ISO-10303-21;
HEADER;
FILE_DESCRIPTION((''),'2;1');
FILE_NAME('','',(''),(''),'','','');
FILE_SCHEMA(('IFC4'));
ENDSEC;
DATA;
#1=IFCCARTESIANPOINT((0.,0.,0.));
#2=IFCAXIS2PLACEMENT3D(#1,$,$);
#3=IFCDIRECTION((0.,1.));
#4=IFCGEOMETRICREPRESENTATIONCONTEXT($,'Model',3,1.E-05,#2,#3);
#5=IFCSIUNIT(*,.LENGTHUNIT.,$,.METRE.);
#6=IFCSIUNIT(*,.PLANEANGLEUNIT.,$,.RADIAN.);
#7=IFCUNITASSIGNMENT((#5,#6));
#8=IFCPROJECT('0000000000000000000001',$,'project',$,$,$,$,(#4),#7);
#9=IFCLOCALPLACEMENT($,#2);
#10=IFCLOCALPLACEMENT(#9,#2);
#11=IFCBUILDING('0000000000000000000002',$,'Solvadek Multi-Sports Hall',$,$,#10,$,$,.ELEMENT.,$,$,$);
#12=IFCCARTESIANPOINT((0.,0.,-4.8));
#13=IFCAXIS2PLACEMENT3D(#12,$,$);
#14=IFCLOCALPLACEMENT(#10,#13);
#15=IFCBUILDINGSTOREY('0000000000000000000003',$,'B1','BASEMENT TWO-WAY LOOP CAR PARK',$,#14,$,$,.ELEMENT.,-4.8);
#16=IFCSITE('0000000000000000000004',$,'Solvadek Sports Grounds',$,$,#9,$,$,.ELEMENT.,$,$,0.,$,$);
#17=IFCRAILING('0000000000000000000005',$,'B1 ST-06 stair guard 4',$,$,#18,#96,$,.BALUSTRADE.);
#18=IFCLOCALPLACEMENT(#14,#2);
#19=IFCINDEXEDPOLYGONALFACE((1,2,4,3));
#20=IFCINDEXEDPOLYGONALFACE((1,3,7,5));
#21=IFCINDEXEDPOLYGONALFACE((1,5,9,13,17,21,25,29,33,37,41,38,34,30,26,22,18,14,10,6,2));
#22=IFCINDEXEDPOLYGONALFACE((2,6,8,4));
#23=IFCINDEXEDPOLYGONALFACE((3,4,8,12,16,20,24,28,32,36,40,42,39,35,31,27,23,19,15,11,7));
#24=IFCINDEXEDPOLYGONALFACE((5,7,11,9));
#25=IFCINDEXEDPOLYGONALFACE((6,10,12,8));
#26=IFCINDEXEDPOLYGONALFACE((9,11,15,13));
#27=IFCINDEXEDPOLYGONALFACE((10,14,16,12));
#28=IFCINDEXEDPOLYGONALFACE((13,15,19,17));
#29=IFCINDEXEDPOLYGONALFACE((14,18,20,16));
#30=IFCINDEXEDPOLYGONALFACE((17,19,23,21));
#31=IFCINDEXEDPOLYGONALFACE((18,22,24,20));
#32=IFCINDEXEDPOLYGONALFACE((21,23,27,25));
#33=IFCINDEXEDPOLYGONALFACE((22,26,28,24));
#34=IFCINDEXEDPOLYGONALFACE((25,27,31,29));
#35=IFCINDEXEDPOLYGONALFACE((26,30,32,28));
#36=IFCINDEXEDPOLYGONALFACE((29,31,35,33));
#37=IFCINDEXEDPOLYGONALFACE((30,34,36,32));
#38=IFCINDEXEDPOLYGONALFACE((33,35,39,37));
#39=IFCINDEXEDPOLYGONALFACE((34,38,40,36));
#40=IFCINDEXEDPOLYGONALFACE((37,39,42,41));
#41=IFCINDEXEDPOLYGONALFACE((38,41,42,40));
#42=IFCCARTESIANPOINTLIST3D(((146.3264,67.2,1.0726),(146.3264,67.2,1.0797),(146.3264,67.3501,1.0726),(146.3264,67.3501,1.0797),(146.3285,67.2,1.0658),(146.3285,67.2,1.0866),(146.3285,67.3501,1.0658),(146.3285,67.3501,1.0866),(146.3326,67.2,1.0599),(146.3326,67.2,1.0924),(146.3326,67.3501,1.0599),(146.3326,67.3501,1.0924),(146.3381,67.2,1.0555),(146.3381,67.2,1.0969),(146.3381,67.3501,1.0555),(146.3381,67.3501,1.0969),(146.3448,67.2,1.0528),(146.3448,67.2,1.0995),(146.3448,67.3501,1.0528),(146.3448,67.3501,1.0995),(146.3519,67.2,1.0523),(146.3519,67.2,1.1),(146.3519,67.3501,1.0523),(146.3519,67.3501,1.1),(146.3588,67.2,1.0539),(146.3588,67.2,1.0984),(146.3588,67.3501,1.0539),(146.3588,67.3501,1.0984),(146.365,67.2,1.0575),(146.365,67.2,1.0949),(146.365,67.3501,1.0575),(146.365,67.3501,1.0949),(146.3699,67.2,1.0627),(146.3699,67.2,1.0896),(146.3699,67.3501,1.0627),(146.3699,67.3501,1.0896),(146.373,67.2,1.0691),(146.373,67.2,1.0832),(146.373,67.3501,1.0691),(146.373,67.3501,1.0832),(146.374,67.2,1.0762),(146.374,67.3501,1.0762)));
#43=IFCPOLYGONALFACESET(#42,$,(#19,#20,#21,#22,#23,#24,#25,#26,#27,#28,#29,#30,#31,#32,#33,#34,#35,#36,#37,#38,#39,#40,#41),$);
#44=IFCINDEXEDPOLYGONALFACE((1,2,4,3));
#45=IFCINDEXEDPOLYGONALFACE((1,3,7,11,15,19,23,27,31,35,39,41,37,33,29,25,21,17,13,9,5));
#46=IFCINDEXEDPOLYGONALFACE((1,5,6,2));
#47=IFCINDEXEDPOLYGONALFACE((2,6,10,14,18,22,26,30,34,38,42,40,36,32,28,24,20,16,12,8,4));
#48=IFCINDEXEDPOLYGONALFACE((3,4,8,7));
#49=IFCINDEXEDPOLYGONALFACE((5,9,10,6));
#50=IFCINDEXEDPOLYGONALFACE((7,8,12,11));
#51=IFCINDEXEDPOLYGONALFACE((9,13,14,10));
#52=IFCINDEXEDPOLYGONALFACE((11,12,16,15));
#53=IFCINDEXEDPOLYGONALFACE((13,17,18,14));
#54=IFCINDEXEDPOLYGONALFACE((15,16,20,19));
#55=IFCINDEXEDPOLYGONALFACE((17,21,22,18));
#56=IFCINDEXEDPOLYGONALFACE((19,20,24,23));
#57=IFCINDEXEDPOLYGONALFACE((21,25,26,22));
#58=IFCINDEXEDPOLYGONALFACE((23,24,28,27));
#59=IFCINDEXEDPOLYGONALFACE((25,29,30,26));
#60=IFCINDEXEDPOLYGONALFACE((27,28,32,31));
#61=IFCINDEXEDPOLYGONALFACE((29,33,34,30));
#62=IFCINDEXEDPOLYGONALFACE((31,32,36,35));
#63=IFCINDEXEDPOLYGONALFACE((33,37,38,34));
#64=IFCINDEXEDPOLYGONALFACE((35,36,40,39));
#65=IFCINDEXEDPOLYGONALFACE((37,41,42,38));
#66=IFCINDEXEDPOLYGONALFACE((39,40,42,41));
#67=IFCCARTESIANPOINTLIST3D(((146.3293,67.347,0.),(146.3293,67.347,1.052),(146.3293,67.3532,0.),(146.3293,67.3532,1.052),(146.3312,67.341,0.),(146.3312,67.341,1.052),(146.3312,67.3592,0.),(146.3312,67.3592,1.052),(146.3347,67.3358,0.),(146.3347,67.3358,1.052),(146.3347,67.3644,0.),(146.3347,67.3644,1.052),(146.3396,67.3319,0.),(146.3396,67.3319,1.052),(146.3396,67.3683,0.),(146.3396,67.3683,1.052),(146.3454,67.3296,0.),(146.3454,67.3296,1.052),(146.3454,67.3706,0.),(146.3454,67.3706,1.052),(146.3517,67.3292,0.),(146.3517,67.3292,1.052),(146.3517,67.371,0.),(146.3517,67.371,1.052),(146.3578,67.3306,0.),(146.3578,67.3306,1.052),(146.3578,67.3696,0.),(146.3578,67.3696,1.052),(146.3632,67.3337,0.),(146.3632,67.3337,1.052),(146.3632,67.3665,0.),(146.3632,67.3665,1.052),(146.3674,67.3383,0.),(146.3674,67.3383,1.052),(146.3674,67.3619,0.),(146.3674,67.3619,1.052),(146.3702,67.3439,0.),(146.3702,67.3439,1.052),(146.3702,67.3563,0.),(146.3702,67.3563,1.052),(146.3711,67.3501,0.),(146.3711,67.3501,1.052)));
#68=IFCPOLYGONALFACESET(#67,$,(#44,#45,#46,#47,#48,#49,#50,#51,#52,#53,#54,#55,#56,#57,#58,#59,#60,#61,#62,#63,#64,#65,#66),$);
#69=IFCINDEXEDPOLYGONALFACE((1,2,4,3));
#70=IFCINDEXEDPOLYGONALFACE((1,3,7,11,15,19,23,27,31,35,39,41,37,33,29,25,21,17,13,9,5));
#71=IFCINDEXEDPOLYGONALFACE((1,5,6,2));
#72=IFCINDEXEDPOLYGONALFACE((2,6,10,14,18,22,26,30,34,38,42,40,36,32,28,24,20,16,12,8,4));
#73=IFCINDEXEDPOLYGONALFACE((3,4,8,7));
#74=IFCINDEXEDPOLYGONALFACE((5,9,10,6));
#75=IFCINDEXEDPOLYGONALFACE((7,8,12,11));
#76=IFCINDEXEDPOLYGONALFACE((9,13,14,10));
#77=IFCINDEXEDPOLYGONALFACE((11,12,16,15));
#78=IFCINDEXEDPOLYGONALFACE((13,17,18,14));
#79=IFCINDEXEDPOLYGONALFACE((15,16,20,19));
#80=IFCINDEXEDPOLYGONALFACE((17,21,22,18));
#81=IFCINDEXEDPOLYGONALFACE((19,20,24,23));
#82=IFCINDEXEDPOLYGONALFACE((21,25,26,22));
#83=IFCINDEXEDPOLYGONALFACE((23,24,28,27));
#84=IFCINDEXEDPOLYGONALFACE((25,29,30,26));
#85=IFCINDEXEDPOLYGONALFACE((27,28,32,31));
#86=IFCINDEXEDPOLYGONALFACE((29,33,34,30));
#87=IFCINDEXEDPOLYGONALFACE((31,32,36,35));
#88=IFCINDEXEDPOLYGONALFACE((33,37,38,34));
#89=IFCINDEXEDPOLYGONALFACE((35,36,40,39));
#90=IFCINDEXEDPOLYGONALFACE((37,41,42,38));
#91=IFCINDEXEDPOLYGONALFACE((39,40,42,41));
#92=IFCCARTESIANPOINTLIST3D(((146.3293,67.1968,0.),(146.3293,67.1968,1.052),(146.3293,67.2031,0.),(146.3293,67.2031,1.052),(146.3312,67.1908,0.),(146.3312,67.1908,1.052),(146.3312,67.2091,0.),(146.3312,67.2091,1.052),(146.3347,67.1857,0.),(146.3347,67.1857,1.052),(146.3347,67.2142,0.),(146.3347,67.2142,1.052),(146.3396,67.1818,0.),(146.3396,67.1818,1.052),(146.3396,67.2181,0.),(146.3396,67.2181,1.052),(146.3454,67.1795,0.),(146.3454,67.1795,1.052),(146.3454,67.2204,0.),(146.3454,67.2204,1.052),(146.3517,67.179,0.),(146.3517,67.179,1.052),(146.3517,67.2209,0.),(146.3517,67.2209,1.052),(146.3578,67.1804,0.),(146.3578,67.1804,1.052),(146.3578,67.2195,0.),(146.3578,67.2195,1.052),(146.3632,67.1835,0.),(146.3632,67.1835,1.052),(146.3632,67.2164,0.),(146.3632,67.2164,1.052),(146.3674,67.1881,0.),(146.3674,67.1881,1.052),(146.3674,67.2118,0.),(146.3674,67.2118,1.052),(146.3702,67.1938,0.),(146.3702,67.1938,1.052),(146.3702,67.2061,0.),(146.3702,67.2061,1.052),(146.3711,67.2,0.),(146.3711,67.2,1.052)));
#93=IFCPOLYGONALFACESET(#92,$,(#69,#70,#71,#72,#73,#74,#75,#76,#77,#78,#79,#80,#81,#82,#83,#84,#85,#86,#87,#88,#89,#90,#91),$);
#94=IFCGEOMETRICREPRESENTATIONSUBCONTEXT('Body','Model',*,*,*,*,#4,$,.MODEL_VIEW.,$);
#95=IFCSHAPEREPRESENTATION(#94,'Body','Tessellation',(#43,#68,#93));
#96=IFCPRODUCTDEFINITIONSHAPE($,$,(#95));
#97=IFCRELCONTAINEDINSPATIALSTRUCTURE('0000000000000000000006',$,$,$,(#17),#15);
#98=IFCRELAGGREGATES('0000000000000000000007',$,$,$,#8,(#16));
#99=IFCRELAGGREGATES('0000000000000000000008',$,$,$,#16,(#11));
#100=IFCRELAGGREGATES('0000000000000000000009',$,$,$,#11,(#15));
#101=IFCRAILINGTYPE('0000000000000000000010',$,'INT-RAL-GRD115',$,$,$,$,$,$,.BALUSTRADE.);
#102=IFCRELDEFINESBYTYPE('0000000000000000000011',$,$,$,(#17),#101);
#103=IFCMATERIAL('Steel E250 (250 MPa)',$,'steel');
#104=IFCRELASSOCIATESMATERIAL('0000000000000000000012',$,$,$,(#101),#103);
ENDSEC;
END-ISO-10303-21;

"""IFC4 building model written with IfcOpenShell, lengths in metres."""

from ifc_helpers import new_model, si_unit, direction, frame, origin, origin_2d, place, context, subcontext, project, spatial, circle, extrude, material, type_object, element, save


model = new_model("IFC4")

# Units and contexts
model_context = context("Model", 3, precision=1e-05, world=origin(), true_north=direction((0.0, 1.0)))
body_context = subcontext(model_context, "Body", "Model", "MODEL_VIEW")
ifc_project = project(units=[si_unit("LENGTHUNIT", "METRE"), si_unit("PLANEANGLEUNIT", "RADIAN")], contexts=[model_context])

# Site, building, storey
site_placement = place(None, origin())
site = spatial("IfcSite", under=ifc_project, at=site_placement, Name="Solvadek Sports Grounds", CompositionType="ELEMENT", RefElevation=0.0)
building_placement = place(site_placement, origin())
building = spatial("IfcBuilding", under=site, at=building_placement, Name="Solvadek Multi-Sports Hall", CompositionType="ELEMENT")
storey_placement = place(building_placement, frame((0.0, 0.0, -4.8)))
storey = spatial("IfcBuildingStorey", under=building, at=storey_placement, Name="B1", Description="BASEMENT TWO-WAY LOOP CAR PARK", CompositionType="ELEMENT", Elevation=-4.8)

# Railing
ifc_material_1 = material(Name="Steel E250 (250 MPa)", Category="steel")
railing_type_1 = type_object("IfcRailingType", Name="INT-RAL-GRD115", PredefinedType="BALUSTRADE", material=ifc_material_1)
railing_1_placement = place(storey_placement, frame((146.3501, 67.3501, 0.0)))
element("IfcRailing", 1, at=railing_1_placement, inside=storey, type_object=railing_type_1, Name="B1 ST-06 stair guard 4", PredefinedType="BALUSTRADE", context=body_context, shape_type="SweptSolid", body=[
    extrude(circle(Radius=0.0239, at=origin_2d()), frame((0.0, 0.0, 1.0762), z_axis=(0.0, -1.0, 0.0), x_axis=(1.0, 0.0, 0.0)), (0.0, 0.0, 1.0), 0.1501),
    extrude(circle(Radius=0.021, at=origin_2d()), origin(), (0.0, 0.0, 1.0), 1.052),
    extrude(circle(Radius=0.021, at=origin_2d()), frame((0.0, -0.1501, 0.0)), (0.0, 0.0, 1.0), 1.052),
])

save(model, "model.ifc")
